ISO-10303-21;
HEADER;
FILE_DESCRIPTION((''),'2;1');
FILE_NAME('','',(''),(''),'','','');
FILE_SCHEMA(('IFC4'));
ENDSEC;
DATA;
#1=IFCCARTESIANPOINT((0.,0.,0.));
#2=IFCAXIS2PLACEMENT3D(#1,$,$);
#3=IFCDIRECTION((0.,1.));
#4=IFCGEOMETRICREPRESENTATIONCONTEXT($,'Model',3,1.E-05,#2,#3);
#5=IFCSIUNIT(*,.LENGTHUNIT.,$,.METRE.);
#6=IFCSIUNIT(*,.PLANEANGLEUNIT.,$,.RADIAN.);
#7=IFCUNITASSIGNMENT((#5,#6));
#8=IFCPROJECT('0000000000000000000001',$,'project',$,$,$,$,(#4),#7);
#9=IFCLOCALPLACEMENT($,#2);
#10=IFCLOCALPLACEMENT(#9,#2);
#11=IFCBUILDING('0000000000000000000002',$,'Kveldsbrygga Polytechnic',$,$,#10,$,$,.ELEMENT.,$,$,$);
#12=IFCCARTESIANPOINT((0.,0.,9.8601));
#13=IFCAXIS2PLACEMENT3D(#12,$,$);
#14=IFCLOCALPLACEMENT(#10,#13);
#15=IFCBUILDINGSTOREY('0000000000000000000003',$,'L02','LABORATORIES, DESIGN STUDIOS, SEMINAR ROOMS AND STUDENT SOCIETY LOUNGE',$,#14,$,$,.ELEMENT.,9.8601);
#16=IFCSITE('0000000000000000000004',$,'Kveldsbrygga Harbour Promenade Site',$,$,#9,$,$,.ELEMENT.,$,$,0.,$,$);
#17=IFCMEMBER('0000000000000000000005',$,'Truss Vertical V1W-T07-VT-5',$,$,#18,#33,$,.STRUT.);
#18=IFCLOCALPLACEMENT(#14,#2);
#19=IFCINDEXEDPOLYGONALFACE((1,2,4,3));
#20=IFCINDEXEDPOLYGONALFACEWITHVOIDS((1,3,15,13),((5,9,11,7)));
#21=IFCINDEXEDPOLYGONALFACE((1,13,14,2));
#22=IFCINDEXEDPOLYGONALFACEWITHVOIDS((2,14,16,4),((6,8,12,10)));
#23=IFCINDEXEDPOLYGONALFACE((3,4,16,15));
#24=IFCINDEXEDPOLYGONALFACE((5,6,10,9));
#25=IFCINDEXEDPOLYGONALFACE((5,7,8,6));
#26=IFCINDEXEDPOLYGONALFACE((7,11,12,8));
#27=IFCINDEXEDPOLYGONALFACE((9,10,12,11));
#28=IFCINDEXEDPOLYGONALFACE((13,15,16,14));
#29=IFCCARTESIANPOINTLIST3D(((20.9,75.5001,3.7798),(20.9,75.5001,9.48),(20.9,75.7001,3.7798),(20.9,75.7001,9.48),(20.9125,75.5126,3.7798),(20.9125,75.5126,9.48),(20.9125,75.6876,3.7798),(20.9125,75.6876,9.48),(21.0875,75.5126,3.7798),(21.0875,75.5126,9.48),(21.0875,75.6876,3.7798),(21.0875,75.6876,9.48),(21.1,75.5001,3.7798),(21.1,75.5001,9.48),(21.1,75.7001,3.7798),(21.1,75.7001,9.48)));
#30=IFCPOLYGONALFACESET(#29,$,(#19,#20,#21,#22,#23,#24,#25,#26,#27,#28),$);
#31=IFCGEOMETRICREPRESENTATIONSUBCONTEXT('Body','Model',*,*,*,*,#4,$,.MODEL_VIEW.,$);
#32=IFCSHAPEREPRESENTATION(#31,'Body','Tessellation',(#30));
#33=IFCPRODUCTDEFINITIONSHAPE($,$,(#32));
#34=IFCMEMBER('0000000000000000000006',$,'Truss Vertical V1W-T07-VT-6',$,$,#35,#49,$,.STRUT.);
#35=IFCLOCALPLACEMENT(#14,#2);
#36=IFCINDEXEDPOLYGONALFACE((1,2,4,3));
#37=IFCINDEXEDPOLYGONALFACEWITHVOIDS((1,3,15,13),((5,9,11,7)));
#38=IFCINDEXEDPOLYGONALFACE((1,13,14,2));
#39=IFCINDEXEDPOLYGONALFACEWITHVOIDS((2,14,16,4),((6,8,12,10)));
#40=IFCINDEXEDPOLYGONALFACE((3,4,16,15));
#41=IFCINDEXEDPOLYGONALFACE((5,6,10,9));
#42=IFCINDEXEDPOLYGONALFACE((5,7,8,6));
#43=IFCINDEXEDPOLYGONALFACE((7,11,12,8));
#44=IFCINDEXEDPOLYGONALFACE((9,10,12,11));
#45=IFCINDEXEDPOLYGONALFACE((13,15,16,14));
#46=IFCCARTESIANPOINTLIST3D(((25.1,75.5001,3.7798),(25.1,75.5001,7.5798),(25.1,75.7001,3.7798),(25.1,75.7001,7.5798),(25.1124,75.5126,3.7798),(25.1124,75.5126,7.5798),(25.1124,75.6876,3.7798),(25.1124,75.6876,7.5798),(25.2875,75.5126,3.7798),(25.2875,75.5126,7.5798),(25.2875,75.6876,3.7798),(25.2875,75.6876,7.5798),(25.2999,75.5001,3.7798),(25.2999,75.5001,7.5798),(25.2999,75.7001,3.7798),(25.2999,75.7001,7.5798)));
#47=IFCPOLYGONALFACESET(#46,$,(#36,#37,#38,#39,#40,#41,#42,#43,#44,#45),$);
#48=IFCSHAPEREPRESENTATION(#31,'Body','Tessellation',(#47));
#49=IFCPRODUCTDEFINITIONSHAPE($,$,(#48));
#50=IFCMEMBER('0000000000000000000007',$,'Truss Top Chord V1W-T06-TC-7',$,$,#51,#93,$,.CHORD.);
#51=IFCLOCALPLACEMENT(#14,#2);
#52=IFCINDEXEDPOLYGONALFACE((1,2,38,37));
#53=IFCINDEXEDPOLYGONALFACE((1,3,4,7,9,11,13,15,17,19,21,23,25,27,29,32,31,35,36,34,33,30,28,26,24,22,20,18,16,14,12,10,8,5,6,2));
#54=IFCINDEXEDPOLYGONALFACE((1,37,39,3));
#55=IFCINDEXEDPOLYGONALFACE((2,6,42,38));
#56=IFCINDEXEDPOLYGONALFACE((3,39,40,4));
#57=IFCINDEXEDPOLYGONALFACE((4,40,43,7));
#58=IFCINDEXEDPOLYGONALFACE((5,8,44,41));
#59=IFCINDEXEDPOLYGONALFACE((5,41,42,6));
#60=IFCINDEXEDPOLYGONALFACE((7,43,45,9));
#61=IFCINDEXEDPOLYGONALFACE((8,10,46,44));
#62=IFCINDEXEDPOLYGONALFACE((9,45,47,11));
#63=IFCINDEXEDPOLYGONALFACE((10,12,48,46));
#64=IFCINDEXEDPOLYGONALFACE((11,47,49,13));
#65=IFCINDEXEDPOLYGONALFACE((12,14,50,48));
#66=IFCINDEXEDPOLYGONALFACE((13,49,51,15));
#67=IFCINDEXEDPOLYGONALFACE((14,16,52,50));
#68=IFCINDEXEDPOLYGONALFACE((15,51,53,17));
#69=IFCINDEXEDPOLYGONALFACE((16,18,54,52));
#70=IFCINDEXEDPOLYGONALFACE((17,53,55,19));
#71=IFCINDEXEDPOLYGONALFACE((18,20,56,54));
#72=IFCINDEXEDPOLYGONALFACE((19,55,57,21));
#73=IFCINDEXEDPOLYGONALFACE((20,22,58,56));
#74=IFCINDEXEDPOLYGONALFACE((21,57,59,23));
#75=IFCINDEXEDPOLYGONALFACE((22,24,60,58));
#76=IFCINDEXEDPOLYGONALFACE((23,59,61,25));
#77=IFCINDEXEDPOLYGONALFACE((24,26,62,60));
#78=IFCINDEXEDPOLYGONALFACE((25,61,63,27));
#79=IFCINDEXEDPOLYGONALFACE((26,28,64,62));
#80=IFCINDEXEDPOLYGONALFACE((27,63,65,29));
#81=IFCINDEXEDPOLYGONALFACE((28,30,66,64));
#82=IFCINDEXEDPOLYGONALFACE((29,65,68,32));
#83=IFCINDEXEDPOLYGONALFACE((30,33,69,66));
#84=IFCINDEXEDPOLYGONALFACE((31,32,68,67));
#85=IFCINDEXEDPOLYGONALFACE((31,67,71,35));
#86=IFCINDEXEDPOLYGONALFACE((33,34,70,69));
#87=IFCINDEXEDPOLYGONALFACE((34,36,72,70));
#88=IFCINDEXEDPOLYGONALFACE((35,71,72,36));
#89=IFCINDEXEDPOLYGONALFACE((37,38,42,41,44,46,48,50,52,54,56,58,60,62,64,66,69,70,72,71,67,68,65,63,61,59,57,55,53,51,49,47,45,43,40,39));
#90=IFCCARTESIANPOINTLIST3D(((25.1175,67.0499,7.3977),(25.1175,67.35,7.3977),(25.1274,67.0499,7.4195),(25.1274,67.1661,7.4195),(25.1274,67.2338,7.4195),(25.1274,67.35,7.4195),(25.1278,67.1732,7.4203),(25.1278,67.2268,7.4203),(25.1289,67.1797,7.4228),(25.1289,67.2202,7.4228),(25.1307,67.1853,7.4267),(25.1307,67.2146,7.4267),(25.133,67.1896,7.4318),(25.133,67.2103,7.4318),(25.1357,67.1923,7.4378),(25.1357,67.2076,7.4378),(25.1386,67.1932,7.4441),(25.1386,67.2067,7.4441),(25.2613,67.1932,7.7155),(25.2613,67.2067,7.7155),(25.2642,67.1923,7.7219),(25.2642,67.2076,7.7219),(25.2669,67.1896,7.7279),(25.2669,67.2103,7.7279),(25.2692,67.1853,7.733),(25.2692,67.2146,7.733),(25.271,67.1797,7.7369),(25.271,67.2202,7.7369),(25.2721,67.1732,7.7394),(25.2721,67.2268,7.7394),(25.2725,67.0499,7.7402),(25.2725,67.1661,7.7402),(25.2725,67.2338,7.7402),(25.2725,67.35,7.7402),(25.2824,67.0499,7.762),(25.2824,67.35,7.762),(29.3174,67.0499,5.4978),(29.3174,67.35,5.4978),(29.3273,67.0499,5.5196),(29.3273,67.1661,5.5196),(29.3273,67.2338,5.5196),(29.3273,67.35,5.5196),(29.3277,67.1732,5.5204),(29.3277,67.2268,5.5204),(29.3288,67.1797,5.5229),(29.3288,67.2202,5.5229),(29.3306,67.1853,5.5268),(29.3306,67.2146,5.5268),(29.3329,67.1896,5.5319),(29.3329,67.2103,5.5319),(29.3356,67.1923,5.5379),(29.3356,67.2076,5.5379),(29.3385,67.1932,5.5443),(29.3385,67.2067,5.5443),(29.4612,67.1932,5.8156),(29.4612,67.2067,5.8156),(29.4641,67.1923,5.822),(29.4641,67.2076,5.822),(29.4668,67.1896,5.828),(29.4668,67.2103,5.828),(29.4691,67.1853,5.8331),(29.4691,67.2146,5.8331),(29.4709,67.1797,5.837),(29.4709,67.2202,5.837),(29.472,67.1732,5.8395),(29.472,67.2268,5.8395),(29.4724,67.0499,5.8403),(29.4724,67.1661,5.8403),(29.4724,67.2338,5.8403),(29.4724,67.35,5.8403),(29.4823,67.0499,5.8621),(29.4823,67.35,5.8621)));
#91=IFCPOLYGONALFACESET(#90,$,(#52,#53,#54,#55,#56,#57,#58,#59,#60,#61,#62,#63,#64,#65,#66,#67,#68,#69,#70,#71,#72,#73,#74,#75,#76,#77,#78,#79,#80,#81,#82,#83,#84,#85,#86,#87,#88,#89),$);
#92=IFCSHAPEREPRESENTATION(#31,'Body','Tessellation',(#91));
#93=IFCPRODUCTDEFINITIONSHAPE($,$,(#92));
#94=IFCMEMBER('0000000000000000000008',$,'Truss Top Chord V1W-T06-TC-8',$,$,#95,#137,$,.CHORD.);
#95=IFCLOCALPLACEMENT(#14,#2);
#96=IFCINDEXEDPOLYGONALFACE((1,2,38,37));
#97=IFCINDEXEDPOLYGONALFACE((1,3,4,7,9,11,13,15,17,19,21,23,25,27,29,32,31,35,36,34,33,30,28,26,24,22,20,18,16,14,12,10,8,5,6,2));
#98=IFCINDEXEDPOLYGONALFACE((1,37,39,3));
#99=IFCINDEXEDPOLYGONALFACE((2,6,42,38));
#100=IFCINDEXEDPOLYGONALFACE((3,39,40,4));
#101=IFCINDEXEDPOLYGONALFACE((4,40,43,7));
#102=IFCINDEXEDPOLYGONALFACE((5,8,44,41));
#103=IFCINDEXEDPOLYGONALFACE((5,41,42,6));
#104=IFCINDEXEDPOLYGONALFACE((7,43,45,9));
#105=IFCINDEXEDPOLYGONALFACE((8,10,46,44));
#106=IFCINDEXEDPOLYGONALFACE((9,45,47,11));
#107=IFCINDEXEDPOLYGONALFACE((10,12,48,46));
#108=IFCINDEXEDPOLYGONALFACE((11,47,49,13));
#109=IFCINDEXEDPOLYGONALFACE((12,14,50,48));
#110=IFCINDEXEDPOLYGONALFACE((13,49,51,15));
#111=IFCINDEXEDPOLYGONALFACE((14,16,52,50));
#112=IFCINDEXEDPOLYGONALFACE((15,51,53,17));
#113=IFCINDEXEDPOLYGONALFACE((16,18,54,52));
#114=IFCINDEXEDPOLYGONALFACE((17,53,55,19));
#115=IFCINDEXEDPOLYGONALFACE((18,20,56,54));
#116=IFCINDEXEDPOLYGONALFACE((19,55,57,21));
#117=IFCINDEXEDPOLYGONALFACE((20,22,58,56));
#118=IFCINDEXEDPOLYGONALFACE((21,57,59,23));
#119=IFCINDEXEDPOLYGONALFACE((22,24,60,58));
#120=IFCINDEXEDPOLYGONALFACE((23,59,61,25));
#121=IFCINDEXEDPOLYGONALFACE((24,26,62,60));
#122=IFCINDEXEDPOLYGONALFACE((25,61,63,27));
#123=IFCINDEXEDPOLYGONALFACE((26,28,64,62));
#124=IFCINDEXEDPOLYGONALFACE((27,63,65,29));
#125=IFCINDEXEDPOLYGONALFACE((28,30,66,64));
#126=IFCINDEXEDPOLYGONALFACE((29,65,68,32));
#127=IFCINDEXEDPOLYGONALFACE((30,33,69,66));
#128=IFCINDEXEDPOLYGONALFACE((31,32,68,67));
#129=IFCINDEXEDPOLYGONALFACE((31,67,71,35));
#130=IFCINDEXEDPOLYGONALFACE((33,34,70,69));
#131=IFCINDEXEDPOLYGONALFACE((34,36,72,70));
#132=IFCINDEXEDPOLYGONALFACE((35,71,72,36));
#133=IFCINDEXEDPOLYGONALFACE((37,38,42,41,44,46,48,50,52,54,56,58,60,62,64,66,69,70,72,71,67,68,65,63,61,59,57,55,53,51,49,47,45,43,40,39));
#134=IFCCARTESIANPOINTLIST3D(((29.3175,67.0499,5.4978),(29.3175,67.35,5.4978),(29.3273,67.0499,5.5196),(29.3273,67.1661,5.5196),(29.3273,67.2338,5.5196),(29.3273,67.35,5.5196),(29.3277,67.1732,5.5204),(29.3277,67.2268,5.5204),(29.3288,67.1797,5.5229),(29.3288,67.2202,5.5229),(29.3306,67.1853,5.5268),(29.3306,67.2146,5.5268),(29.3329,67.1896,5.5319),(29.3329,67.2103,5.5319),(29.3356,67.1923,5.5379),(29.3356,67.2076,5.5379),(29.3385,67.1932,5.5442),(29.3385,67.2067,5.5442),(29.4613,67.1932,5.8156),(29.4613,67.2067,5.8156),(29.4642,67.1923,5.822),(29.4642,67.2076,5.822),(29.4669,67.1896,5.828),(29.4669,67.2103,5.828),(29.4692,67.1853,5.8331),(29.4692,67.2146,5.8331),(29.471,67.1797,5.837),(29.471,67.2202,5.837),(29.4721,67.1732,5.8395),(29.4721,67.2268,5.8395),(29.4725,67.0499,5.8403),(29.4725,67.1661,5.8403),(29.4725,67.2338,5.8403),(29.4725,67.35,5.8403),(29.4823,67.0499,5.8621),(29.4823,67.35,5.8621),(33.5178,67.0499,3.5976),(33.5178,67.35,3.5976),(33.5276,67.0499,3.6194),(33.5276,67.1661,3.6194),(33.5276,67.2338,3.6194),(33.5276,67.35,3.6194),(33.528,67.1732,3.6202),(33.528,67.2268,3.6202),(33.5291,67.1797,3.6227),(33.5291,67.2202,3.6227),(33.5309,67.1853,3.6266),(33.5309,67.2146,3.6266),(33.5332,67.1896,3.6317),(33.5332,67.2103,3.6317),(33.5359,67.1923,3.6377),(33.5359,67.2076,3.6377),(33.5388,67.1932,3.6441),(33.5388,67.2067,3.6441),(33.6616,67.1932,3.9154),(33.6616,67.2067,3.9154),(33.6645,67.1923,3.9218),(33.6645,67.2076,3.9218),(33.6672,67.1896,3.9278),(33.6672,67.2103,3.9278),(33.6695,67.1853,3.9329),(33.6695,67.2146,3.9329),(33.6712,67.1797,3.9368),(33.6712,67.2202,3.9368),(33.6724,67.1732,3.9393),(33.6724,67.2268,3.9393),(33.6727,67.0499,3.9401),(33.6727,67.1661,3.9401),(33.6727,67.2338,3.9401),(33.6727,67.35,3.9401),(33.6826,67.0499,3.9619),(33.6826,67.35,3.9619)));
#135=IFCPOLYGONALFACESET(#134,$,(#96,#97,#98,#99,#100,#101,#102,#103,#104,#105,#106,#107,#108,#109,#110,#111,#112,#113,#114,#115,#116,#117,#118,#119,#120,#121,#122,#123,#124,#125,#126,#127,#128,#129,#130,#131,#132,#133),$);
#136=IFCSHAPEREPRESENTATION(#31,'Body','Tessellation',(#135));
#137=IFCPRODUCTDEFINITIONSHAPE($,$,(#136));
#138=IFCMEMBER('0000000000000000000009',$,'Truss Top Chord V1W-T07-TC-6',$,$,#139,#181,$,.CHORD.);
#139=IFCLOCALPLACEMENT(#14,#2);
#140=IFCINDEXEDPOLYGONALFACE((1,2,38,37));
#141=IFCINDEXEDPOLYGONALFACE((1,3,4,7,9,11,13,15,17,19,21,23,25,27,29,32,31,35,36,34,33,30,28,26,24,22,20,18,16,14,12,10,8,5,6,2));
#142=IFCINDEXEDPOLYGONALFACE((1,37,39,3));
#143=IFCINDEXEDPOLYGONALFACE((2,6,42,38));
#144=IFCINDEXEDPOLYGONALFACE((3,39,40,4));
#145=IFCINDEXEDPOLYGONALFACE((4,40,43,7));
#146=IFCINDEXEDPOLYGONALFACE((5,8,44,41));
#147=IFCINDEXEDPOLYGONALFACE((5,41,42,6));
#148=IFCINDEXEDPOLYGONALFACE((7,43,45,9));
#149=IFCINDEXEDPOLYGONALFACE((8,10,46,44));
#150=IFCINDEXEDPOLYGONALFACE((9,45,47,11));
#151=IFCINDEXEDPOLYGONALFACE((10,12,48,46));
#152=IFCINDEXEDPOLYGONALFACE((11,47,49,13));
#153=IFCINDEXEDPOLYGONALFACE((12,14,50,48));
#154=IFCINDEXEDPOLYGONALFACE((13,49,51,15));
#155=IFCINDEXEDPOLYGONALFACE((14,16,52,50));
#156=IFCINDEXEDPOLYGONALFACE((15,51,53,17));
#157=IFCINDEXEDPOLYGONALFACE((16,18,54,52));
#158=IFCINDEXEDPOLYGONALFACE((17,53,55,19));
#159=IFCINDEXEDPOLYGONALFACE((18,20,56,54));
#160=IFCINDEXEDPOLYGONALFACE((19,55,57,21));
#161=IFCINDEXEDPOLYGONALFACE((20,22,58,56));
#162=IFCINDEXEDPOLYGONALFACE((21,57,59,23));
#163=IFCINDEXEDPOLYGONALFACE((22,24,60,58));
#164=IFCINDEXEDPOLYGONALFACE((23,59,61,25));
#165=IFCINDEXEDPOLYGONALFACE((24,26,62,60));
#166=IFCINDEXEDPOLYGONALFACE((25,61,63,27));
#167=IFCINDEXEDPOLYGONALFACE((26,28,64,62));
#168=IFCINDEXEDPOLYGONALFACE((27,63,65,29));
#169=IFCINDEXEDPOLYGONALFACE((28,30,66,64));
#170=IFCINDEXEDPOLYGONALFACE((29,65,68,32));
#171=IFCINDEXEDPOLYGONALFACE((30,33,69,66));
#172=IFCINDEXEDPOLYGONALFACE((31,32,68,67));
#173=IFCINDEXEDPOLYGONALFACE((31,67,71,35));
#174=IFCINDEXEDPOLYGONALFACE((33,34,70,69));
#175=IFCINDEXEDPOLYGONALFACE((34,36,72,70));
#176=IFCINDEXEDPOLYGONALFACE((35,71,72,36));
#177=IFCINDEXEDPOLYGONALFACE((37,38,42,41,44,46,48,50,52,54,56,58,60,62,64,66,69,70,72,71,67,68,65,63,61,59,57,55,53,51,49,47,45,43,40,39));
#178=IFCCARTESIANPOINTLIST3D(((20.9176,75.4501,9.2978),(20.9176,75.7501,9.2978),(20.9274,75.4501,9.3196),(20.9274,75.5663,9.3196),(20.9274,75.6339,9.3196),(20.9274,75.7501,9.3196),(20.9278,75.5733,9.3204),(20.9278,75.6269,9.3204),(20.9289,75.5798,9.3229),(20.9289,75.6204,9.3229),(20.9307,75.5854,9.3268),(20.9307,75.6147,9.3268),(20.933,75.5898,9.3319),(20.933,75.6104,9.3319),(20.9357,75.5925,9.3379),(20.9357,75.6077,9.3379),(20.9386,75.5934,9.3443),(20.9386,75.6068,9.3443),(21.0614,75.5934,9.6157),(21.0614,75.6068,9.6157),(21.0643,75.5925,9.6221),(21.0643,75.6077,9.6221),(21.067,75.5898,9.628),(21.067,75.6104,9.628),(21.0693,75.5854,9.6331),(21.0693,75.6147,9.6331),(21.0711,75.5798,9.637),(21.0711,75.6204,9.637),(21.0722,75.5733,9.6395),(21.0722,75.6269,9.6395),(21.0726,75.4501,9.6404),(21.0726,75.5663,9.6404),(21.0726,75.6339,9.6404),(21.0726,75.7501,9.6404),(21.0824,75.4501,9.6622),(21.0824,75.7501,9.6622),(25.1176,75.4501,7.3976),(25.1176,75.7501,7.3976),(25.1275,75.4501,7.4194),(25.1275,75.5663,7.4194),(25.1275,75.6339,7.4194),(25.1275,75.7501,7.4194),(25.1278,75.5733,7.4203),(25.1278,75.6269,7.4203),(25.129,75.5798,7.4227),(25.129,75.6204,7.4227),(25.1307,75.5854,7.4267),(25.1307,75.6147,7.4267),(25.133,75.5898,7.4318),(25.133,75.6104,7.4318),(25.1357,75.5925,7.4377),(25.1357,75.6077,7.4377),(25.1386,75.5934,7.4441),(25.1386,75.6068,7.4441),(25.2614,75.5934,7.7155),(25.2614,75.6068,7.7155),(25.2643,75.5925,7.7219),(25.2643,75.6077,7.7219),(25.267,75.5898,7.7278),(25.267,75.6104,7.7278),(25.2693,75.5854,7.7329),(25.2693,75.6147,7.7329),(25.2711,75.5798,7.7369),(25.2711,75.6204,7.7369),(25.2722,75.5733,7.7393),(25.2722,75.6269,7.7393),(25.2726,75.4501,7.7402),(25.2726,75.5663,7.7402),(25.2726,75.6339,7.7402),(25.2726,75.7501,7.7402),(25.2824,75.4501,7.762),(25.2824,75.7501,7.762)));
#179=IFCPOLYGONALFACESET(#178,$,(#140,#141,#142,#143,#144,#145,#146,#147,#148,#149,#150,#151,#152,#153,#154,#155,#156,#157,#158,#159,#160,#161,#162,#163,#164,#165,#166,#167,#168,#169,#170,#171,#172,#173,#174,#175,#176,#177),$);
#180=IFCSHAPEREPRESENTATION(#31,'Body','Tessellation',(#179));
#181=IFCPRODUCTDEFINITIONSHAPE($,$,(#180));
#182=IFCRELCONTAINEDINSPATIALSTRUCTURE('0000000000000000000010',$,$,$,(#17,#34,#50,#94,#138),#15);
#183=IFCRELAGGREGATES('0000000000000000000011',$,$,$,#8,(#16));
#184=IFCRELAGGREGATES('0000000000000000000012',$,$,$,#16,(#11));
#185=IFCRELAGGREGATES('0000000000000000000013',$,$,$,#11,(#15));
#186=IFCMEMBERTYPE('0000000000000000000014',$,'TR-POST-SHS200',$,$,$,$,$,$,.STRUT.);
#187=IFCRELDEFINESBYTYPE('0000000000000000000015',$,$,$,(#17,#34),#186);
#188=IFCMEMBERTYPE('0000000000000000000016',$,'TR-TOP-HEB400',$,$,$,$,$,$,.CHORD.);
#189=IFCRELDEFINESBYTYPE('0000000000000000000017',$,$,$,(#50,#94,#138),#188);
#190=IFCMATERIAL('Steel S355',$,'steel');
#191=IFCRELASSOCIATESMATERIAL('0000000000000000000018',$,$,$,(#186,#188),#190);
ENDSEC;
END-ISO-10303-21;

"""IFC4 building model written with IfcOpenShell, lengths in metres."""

from ifc_helpers import new_model, si_unit, direction, frame, origin, origin_2d, place, context, subcontext, project, spatial, hollow_rectangle, i_section, extrude, material, material_profile, profile_set, type_object, element, save


model = new_model("IFC4")

# Units and contexts
model_context = context("Model", 3, precision=1e-05, world=origin(), true_north=direction((0.0, 1.0)))
body_context = subcontext(model_context, "Body", "Model", "MODEL_VIEW")
ifc_project = project(units=[si_unit("LENGTHUNIT", "METRE"), si_unit("PLANEANGLEUNIT", "RADIAN")], contexts=[model_context])

# Site, building, storey
site_placement = place(None, origin())
site = spatial("IfcSite", under=ifc_project, at=site_placement, Name="Kveldsbrygga Harbour Promenade Site", CompositionType="ELEMENT", RefElevation=0.0)
building_placement = place(site_placement, origin())
building = spatial("IfcBuilding", under=site, at=building_placement, Name="Kveldsbrygga Polytechnic", CompositionType="ELEMENT")
storey_placement = place(building_placement, frame((0.0, 0.0, 9.8601)))
storey = spatial("IfcBuildingStorey", under=building, at=storey_placement, Name="L02", Description="LABORATORIES, DESIGN STUDIOS, SEMINAR ROOMS AND STUDENT SOCIETY LOUNGE", CompositionType="ELEMENT", Elevation=9.8601)

# Members
ifc_material = material(Name="Steel S355", Category="steel")
ifc_material_profile_1 = material_profile(ifc_material, hollow_rectangle(XDim=0.2, YDim=0.2, WallThickness=0.0125, at=origin_2d()), Name="SHS 200x200x12.5")
ifc_profile_set_1 = profile_set([ifc_material_profile_1], Name="Steel S355")
member_type_1 = type_object("IfcMemberType", Name="TR-POST-SHS200", PredefinedType="STRUT", material=ifc_profile_set_1)
member_1_placement = place(storey_placement, frame((21.0, 75.6001, 3.7798), z_axis=(0.0, 0.0, 1.0), x_axis=(1.0, 0.0, 0.0)))
element("IfcMember", 1, at=member_1_placement, inside=storey, type_object=member_type_1, Name="Truss Vertical V1W-T07-VT-5", PredefinedType="STRUT", context=body_context, shape_type="SweptSolid", body=[
    extrude(hollow_rectangle(XDim=0.2, YDim=0.2, WallThickness=0.0125, at=origin_2d()), origin(), (0.0, 0.0, 1.0), 5.7002),
])
member_2_placement = place(storey_placement, frame((25.2, 75.6001, 3.7798), z_axis=(0.0, 0.0, 1.0), x_axis=(1.0, 0.0, 0.0)))
element("IfcMember", 2, at=member_2_placement, inside=storey, type_object=member_type_1, Name="Truss Vertical V1W-T07-VT-6", PredefinedType="STRUT", context=body_context, shape_type="SweptSolid", body=[
    extrude(hollow_rectangle(XDim=0.2, YDim=0.2, WallThickness=0.0125, at=origin_2d()), origin(), (0.0, 0.0, 1.0), 3.8),
])
ifc_material_profile_2 = material_profile(ifc_material, i_section(OverallWidth=0.3, OverallDepth=0.3999, WebThickness=0.0134, FlangeThickness=0.0239, FilletRadius=0.0271, at=origin_2d()), Name="HEB 400")
ifc_profile_set_2 = profile_set([ifc_material_profile_2], Name="Steel S355")
member_type_2 = type_object("IfcMemberType", Name="TR-TOP-HEB400", PredefinedType="CHORD", material=ifc_profile_set_2)
member_3_placement = place(storey_placement, frame((25.2, 67.2, 7.5798), z_axis=(0.911114, 0.0, -0.412154), x_axis=(0.0, 1.0, 0.0)))
element("IfcMember", 3, at=member_3_placement, inside=storey, type_object=member_type_2, Name="Truss Top Chord V1W-T06-TC-7", PredefinedType="CHORD", context=body_context, shape_type="SweptSolid", body=[
    extrude(i_section(OverallWidth=0.3, OverallDepth=0.3999, WebThickness=0.0134, FlangeThickness=0.0239, FilletRadius=0.0271, at=origin_2d()), origin(), (0.0, 0.0, 1.0), 4.6096),
])
member_4_placement = place(storey_placement, frame((29.3999, 67.2, 5.6799), z_axis=(0.911103, 0.0, -0.412178), x_axis=(0.0, 1.0, 0.0)))
element("IfcMember", 4, at=member_4_placement, inside=storey, type_object=member_type_2, Name="Truss Top Chord V1W-T06-TC-8", PredefinedType="CHORD", context=body_context, shape_type="SweptSolid", body=[
    extrude(i_section(OverallWidth=0.3, OverallDepth=0.3999, WebThickness=0.0134, FlangeThickness=0.0239, FilletRadius=0.0271, at=origin_2d()), origin(), (0.0, 0.0, 1.0), 4.6101),
])
member_5_placement = place(storey_placement, frame((21.0, 75.6001, 9.48), z_axis=(0.911094, 0.0, -0.412198), x_axis=(0.0, 1.0, 0.0)))
element("IfcMember", 5, at=member_5_placement, inside=storey, type_object=member_type_2, Name="Truss Top Chord V1W-T07-TC-6", PredefinedType="CHORD", context=body_context, shape_type="SweptSolid", body=[
    extrude(i_section(OverallWidth=0.3, OverallDepth=0.3999, WebThickness=0.0134, FlangeThickness=0.0239, FilletRadius=0.0271, at=origin_2d()), origin(), (0.0, 0.0, 1.0), 4.6099),
])

save(model, "model.ifc")
